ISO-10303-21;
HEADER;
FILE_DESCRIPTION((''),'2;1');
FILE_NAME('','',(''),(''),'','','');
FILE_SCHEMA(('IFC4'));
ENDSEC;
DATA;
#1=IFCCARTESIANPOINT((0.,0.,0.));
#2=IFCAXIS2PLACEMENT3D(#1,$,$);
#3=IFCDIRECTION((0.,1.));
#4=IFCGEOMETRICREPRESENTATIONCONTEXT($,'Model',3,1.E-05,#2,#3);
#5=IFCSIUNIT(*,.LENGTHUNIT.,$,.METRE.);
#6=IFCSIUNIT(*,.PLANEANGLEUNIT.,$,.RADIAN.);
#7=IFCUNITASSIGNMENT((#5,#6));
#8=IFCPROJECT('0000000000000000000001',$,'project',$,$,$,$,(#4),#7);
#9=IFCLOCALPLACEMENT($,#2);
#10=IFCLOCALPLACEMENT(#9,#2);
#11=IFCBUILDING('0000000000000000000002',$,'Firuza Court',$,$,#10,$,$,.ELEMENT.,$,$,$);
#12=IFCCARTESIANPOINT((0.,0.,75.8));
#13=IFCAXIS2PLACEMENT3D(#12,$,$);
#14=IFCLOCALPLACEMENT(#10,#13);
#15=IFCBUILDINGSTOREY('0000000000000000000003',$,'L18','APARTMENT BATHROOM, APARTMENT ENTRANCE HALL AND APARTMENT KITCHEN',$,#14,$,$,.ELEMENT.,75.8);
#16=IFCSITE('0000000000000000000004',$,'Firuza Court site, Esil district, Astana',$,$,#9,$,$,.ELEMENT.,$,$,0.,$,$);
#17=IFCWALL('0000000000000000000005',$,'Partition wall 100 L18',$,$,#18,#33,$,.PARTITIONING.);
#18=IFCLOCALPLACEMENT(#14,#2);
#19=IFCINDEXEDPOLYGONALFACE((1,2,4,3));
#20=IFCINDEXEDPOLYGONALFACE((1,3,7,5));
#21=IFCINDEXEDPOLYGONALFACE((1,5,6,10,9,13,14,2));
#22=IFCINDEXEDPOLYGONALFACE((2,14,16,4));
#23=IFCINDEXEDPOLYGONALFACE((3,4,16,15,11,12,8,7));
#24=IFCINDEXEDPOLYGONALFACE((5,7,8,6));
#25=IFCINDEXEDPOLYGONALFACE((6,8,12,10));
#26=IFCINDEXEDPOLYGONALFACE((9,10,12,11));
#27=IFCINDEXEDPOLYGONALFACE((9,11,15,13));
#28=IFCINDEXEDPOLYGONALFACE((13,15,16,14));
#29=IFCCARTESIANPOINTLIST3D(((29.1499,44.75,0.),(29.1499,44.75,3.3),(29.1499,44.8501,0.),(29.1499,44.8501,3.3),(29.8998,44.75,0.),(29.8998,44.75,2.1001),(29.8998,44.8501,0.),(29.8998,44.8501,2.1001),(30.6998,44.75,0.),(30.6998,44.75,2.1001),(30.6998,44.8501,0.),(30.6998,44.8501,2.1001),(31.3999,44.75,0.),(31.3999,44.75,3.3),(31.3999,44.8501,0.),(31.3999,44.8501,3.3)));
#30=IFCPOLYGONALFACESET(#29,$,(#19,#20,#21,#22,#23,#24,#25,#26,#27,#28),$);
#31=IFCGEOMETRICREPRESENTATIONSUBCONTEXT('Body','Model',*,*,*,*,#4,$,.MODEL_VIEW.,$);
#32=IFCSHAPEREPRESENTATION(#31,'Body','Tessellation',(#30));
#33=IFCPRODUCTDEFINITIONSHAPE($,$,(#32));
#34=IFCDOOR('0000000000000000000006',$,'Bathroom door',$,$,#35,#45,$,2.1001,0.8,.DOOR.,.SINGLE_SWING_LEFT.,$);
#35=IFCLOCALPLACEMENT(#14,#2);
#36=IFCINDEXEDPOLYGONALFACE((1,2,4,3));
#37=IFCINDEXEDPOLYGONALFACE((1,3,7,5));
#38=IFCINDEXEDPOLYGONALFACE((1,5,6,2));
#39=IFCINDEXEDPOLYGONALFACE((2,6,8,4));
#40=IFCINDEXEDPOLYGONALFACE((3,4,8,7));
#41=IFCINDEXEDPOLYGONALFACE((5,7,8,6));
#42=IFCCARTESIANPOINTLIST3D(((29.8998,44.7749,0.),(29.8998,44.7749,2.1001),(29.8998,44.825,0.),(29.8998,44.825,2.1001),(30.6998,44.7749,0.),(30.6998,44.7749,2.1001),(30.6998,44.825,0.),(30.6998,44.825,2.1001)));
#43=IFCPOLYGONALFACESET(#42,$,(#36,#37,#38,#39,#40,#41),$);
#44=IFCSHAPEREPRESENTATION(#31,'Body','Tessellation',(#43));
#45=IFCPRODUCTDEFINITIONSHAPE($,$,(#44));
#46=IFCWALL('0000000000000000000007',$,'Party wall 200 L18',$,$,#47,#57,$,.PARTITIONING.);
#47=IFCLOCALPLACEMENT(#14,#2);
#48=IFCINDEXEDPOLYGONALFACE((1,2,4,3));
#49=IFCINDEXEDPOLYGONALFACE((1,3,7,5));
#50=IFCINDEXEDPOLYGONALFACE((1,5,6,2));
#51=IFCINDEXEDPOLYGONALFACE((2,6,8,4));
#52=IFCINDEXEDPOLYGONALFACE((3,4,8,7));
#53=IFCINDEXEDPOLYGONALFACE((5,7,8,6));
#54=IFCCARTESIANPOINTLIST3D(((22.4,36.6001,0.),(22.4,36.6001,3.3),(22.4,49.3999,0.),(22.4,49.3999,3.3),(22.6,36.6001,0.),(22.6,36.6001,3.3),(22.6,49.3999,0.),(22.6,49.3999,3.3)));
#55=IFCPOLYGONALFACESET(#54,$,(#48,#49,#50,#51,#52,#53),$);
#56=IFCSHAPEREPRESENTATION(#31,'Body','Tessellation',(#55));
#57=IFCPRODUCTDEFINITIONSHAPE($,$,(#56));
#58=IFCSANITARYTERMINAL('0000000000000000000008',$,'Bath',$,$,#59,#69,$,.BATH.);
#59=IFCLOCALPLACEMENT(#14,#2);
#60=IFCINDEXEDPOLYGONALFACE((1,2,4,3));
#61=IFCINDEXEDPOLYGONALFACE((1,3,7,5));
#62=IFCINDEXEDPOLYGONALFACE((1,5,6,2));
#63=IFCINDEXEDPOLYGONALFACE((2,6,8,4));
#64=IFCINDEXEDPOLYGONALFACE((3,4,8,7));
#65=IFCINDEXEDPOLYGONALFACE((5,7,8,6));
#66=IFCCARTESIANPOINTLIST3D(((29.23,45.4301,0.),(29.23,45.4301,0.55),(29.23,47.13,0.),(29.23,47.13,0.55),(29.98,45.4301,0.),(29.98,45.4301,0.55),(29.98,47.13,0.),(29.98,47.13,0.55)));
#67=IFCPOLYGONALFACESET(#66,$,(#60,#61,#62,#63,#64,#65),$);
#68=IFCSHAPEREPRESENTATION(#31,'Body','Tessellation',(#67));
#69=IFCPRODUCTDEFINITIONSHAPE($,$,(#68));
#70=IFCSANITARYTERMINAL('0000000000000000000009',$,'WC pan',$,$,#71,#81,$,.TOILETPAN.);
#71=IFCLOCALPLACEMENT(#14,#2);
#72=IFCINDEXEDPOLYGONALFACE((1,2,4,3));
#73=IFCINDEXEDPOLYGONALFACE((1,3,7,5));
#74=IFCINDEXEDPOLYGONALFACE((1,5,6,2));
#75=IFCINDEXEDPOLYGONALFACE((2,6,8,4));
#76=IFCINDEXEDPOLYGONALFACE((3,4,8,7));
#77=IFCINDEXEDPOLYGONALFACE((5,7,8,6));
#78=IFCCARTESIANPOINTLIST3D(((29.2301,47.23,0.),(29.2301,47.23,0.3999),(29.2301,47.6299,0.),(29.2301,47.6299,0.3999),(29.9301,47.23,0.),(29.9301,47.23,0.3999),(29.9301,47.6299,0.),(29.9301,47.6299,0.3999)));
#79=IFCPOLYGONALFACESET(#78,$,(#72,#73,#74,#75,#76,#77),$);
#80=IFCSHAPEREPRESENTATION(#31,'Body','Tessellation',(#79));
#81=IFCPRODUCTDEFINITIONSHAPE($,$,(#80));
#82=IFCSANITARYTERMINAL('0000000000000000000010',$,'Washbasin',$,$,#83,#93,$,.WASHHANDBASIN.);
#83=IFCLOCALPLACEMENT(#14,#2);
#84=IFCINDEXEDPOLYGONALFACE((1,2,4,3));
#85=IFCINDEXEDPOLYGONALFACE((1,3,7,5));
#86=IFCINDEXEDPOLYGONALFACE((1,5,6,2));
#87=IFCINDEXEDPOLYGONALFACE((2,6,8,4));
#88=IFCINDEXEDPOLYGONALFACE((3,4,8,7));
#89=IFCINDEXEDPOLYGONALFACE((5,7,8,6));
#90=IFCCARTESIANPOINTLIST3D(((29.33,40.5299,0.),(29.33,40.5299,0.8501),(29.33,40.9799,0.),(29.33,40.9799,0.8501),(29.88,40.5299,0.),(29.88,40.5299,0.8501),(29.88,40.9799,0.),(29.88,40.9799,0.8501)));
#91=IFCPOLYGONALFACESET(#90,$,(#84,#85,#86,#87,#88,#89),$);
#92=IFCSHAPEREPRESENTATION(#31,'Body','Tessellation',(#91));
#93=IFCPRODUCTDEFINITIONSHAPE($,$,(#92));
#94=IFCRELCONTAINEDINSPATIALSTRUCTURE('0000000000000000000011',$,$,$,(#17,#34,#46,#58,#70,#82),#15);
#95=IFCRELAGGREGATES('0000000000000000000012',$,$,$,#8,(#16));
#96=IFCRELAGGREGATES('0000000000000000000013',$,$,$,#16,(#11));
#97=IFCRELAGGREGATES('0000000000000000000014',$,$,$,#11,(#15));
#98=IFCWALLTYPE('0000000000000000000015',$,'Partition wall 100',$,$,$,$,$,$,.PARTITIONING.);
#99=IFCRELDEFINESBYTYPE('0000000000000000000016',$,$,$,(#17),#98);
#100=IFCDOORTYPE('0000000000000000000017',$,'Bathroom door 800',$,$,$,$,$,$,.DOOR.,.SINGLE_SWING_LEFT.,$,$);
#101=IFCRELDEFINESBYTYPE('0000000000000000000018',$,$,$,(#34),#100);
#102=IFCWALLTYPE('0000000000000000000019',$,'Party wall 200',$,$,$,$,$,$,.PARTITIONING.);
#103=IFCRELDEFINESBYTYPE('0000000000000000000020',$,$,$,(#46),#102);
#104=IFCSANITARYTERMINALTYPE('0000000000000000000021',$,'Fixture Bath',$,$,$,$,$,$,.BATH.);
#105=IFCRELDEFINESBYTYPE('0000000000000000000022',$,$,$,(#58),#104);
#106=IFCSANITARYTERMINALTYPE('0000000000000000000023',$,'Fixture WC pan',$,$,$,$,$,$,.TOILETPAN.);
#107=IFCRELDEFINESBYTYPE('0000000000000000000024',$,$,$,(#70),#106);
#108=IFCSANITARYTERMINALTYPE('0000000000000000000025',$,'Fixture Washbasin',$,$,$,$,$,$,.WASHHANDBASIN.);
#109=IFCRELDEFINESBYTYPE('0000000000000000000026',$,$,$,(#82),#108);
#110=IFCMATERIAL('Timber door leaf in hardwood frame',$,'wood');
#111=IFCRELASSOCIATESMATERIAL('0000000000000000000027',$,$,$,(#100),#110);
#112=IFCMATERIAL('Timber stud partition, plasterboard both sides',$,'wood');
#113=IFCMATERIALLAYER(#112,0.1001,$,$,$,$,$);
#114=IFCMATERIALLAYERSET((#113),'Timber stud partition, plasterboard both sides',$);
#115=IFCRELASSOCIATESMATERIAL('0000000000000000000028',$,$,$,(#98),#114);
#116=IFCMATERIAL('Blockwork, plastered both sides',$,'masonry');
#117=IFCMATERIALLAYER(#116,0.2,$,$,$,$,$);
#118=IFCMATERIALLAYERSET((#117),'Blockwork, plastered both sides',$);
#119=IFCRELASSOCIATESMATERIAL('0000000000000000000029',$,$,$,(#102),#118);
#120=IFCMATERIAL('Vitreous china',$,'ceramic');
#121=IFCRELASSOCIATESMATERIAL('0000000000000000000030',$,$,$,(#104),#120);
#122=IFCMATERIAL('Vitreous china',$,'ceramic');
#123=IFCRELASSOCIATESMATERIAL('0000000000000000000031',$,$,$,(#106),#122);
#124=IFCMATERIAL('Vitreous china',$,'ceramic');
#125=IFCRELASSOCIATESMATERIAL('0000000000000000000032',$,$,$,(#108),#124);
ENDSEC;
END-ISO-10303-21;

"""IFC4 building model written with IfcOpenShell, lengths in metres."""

from ifc_helpers import new_model, si_unit, direction, frame, frame_2d, origin, origin_2d, place, context, subcontext, project, spatial, rectangle, extrude, material, layer, layer_set, type_object, element, fill, save


model = new_model("IFC4")

# Units and contexts
model_context = context("Model", 3, precision=1e-05, world=origin(), true_north=direction((0.0, 1.0)))
body_context = subcontext(model_context, "Body", "Model", "MODEL_VIEW")
ifc_project = project(units=[si_unit("LENGTHUNIT", "METRE"), si_unit("PLANEANGLEUNIT", "RADIAN")], contexts=[model_context])

# Site, building, storey
site_placement = place(None, origin())
site = spatial("IfcSite", under=ifc_project, at=site_placement, Name="Firuza Court site, Esil district, Astana", CompositionType="ELEMENT", RefElevation=0.0)
building_placement = place(site_placement, origin())
building = spatial("IfcBuilding", under=site, at=building_placement, Name="Firuza Court", CompositionType="ELEMENT")
storey_placement = place(building_placement, frame((0.0, 0.0, 75.8)))
storey = spatial("IfcBuildingStorey", under=building, at=storey_placement, Name="L18", Description="APARTMENT BATHROOM, APARTMENT ENTRANCE HALL AND APARTMENT KITCHEN", CompositionType="ELEMENT", Elevation=75.8)

# Shared definitions
ifc_material_1 = material(Name="Timber door leaf in hardwood frame", Category="wood")
door_type_1 = type_object("IfcDoorType", Name="Bathroom door 800", OperationType="SINGLE_SWING_LEFT", PredefinedType="DOOR", material=ifc_material_1)

# Shared definitions
ifc_material_2 = material(Name="Timber stud partition, plasterboard both sides", Category="wood")
ifc_layer_1 = layer(ifc_material_2, 0.1001)
ifc_layer_set_1 = layer_set([ifc_layer_1], Name="Timber stud partition, plasterboard both sides")
wall_type_1 = type_object("IfcWallType", Name="Partition wall 100", PredefinedType="PARTITIONING", material=ifc_layer_set_1)

# Wall, opening, door
wall_1_placement = place(storey_placement, frame((29.1499, 44.8, 0.0), z_axis=(0.0, 0.0, 1.0), x_axis=(1.0, 0.0, 0.0)))
wall_1 = element("IfcWall", 1, at=wall_1_placement, inside=storey, type_object=wall_type_1, Name="Partition wall 100 L18", PredefinedType="PARTITIONING", context=body_context, shape_type="SweptSolid", body=[
    extrude(rectangle(XDim=2.25, YDim=0.1001, at=frame_2d((1.125, 0.0))), origin(), (0.0, 0.0, 1.0), 3.3),
])
opening_1_placement = place(wall_1_placement, frame((0.75, 0.0, 0.0)))
opening_1 = element("IfcOpeningElement", 2, at=opening_1_placement, cuts=wall_1, PredefinedType="OPENING", context=body_context, shape_type="SweptSolid", body=[
    extrude(rectangle(XDim=0.8, YDim=2.1001, at=frame_2d((0.3999, 1.05))), frame((0.0, 0.062, 0.0), z_axis=(0.0, -1.0, 0.0), x_axis=(1.0, 0.0, 0.0)), (0.0, 0.0, 1.0), 0.124),
])
door_1_placement = place(opening_1_placement, origin())
door_1 = element("IfcDoor", 3, at=door_1_placement, inside=storey, type_object=door_type_1, Name="Bathroom door", OperationType="SINGLE_SWING_LEFT", OverallHeight=2.1001, OverallWidth=0.8, PredefinedType="DOOR", context=body_context, shape_type="SweptSolid", body=[
    extrude(rectangle(XDim=0.8, YDim=2.1001, at=frame_2d((0.3999, 1.05))), frame((0.0, 0.0249, 0.0), z_axis=(0.0, -1.0, 0.0), x_axis=(1.0, 0.0, 0.0)), (0.0, 0.0, 1.0), 0.05),
])
fill(opening_1, door_1)

# Wall
ifc_material_3 = material(Name="Blockwork, plastered both sides", Category="masonry")
ifc_layer_2 = layer(ifc_material_3, 0.2)
ifc_layer_set_2 = layer_set([ifc_layer_2], Name="Blockwork, plastered both sides")
wall_type_2 = type_object("IfcWallType", Name="Party wall 200", PredefinedType="PARTITIONING", material=ifc_layer_set_2)
wall_2_placement = place(storey_placement, frame((22.5, 36.6001, 0.0), z_axis=(0.0, 0.0, 1.0), x_axis=(0.0, 1.0, 0.0)))
element("IfcWall", 4, at=wall_2_placement, inside=storey, type_object=wall_type_2, Name="Party wall 200 L18", PredefinedType="PARTITIONING", context=body_context, shape_type="SweptSolid", body=[
    extrude(rectangle(XDim=12.7998, YDim=0.2, at=frame_2d((6.3999, 0.0))), origin(), (0.0, 0.0, 1.0), 3.3),
])

# Sanitary terminals
ifc_material_4 = material(Name="Vitreous china", Category="ceramic")
sanitary_terminal_type_1 = type_object("IfcSanitaryTerminalType", Name="Fixture Bath", PredefinedType="BATH", material=ifc_material_4)
sanitary_terminal_1_placement = place(storey_placement, frame((29.605, 46.28, 0.0), z_axis=(0.0, 0.0, 1.0), x_axis=(1.0, 0.0, 0.0)))
element("IfcSanitaryTerminal", 5, at=sanitary_terminal_1_placement, inside=storey, type_object=sanitary_terminal_type_1, Name="Bath", PredefinedType="BATH", context=body_context, shape_type="SweptSolid", body=[
    extrude(rectangle(XDim=0.75, YDim=1.7, at=origin_2d()), origin(), (0.0, 0.0, 1.0), 0.55),
])
ifc_material_5 = material(Name="Vitreous china", Category="ceramic")
sanitary_terminal_type_2 = type_object("IfcSanitaryTerminalType", Name="Fixture WC pan", PredefinedType="TOILETPAN", material=ifc_material_5)
sanitary_terminal_2_placement = place(storey_placement, frame((29.5801, 47.4299, 0.0), z_axis=(0.0, 0.0, 1.0), x_axis=(1.0, 0.0, 0.0)))
element("IfcSanitaryTerminal", 6, at=sanitary_terminal_2_placement, inside=storey, type_object=sanitary_terminal_type_2, Name="WC pan", PredefinedType="TOILETPAN", context=body_context, shape_type="SweptSolid", body=[
    extrude(rectangle(XDim=0.7, YDim=0.3999, at=origin_2d()), origin(), (0.0, 0.0, 1.0), 0.3999),
])
ifc_material_6 = material(Name="Vitreous china", Category="ceramic")
sanitary_terminal_type_3 = type_object("IfcSanitaryTerminalType", Name="Fixture Washbasin", PredefinedType="WASHHANDBASIN", material=ifc_material_6)
sanitary_terminal_3_placement = place(storey_placement, frame((29.605, 40.7549, 0.0), z_axis=(0.0, 0.0, 1.0), x_axis=(1.0, 0.0, 0.0)))
element("IfcSanitaryTerminal", 7, at=sanitary_terminal_3_placement, inside=storey, type_object=sanitary_terminal_type_3, Name="Washbasin", PredefinedType="WASHHANDBASIN", context=body_context, shape_type="SweptSolid", body=[
    extrude(rectangle(XDim=0.55, YDim=0.45, at=origin_2d()), origin(), (0.0, 0.0, 1.0), 0.8501),
])

save(model, "model.ifc")
